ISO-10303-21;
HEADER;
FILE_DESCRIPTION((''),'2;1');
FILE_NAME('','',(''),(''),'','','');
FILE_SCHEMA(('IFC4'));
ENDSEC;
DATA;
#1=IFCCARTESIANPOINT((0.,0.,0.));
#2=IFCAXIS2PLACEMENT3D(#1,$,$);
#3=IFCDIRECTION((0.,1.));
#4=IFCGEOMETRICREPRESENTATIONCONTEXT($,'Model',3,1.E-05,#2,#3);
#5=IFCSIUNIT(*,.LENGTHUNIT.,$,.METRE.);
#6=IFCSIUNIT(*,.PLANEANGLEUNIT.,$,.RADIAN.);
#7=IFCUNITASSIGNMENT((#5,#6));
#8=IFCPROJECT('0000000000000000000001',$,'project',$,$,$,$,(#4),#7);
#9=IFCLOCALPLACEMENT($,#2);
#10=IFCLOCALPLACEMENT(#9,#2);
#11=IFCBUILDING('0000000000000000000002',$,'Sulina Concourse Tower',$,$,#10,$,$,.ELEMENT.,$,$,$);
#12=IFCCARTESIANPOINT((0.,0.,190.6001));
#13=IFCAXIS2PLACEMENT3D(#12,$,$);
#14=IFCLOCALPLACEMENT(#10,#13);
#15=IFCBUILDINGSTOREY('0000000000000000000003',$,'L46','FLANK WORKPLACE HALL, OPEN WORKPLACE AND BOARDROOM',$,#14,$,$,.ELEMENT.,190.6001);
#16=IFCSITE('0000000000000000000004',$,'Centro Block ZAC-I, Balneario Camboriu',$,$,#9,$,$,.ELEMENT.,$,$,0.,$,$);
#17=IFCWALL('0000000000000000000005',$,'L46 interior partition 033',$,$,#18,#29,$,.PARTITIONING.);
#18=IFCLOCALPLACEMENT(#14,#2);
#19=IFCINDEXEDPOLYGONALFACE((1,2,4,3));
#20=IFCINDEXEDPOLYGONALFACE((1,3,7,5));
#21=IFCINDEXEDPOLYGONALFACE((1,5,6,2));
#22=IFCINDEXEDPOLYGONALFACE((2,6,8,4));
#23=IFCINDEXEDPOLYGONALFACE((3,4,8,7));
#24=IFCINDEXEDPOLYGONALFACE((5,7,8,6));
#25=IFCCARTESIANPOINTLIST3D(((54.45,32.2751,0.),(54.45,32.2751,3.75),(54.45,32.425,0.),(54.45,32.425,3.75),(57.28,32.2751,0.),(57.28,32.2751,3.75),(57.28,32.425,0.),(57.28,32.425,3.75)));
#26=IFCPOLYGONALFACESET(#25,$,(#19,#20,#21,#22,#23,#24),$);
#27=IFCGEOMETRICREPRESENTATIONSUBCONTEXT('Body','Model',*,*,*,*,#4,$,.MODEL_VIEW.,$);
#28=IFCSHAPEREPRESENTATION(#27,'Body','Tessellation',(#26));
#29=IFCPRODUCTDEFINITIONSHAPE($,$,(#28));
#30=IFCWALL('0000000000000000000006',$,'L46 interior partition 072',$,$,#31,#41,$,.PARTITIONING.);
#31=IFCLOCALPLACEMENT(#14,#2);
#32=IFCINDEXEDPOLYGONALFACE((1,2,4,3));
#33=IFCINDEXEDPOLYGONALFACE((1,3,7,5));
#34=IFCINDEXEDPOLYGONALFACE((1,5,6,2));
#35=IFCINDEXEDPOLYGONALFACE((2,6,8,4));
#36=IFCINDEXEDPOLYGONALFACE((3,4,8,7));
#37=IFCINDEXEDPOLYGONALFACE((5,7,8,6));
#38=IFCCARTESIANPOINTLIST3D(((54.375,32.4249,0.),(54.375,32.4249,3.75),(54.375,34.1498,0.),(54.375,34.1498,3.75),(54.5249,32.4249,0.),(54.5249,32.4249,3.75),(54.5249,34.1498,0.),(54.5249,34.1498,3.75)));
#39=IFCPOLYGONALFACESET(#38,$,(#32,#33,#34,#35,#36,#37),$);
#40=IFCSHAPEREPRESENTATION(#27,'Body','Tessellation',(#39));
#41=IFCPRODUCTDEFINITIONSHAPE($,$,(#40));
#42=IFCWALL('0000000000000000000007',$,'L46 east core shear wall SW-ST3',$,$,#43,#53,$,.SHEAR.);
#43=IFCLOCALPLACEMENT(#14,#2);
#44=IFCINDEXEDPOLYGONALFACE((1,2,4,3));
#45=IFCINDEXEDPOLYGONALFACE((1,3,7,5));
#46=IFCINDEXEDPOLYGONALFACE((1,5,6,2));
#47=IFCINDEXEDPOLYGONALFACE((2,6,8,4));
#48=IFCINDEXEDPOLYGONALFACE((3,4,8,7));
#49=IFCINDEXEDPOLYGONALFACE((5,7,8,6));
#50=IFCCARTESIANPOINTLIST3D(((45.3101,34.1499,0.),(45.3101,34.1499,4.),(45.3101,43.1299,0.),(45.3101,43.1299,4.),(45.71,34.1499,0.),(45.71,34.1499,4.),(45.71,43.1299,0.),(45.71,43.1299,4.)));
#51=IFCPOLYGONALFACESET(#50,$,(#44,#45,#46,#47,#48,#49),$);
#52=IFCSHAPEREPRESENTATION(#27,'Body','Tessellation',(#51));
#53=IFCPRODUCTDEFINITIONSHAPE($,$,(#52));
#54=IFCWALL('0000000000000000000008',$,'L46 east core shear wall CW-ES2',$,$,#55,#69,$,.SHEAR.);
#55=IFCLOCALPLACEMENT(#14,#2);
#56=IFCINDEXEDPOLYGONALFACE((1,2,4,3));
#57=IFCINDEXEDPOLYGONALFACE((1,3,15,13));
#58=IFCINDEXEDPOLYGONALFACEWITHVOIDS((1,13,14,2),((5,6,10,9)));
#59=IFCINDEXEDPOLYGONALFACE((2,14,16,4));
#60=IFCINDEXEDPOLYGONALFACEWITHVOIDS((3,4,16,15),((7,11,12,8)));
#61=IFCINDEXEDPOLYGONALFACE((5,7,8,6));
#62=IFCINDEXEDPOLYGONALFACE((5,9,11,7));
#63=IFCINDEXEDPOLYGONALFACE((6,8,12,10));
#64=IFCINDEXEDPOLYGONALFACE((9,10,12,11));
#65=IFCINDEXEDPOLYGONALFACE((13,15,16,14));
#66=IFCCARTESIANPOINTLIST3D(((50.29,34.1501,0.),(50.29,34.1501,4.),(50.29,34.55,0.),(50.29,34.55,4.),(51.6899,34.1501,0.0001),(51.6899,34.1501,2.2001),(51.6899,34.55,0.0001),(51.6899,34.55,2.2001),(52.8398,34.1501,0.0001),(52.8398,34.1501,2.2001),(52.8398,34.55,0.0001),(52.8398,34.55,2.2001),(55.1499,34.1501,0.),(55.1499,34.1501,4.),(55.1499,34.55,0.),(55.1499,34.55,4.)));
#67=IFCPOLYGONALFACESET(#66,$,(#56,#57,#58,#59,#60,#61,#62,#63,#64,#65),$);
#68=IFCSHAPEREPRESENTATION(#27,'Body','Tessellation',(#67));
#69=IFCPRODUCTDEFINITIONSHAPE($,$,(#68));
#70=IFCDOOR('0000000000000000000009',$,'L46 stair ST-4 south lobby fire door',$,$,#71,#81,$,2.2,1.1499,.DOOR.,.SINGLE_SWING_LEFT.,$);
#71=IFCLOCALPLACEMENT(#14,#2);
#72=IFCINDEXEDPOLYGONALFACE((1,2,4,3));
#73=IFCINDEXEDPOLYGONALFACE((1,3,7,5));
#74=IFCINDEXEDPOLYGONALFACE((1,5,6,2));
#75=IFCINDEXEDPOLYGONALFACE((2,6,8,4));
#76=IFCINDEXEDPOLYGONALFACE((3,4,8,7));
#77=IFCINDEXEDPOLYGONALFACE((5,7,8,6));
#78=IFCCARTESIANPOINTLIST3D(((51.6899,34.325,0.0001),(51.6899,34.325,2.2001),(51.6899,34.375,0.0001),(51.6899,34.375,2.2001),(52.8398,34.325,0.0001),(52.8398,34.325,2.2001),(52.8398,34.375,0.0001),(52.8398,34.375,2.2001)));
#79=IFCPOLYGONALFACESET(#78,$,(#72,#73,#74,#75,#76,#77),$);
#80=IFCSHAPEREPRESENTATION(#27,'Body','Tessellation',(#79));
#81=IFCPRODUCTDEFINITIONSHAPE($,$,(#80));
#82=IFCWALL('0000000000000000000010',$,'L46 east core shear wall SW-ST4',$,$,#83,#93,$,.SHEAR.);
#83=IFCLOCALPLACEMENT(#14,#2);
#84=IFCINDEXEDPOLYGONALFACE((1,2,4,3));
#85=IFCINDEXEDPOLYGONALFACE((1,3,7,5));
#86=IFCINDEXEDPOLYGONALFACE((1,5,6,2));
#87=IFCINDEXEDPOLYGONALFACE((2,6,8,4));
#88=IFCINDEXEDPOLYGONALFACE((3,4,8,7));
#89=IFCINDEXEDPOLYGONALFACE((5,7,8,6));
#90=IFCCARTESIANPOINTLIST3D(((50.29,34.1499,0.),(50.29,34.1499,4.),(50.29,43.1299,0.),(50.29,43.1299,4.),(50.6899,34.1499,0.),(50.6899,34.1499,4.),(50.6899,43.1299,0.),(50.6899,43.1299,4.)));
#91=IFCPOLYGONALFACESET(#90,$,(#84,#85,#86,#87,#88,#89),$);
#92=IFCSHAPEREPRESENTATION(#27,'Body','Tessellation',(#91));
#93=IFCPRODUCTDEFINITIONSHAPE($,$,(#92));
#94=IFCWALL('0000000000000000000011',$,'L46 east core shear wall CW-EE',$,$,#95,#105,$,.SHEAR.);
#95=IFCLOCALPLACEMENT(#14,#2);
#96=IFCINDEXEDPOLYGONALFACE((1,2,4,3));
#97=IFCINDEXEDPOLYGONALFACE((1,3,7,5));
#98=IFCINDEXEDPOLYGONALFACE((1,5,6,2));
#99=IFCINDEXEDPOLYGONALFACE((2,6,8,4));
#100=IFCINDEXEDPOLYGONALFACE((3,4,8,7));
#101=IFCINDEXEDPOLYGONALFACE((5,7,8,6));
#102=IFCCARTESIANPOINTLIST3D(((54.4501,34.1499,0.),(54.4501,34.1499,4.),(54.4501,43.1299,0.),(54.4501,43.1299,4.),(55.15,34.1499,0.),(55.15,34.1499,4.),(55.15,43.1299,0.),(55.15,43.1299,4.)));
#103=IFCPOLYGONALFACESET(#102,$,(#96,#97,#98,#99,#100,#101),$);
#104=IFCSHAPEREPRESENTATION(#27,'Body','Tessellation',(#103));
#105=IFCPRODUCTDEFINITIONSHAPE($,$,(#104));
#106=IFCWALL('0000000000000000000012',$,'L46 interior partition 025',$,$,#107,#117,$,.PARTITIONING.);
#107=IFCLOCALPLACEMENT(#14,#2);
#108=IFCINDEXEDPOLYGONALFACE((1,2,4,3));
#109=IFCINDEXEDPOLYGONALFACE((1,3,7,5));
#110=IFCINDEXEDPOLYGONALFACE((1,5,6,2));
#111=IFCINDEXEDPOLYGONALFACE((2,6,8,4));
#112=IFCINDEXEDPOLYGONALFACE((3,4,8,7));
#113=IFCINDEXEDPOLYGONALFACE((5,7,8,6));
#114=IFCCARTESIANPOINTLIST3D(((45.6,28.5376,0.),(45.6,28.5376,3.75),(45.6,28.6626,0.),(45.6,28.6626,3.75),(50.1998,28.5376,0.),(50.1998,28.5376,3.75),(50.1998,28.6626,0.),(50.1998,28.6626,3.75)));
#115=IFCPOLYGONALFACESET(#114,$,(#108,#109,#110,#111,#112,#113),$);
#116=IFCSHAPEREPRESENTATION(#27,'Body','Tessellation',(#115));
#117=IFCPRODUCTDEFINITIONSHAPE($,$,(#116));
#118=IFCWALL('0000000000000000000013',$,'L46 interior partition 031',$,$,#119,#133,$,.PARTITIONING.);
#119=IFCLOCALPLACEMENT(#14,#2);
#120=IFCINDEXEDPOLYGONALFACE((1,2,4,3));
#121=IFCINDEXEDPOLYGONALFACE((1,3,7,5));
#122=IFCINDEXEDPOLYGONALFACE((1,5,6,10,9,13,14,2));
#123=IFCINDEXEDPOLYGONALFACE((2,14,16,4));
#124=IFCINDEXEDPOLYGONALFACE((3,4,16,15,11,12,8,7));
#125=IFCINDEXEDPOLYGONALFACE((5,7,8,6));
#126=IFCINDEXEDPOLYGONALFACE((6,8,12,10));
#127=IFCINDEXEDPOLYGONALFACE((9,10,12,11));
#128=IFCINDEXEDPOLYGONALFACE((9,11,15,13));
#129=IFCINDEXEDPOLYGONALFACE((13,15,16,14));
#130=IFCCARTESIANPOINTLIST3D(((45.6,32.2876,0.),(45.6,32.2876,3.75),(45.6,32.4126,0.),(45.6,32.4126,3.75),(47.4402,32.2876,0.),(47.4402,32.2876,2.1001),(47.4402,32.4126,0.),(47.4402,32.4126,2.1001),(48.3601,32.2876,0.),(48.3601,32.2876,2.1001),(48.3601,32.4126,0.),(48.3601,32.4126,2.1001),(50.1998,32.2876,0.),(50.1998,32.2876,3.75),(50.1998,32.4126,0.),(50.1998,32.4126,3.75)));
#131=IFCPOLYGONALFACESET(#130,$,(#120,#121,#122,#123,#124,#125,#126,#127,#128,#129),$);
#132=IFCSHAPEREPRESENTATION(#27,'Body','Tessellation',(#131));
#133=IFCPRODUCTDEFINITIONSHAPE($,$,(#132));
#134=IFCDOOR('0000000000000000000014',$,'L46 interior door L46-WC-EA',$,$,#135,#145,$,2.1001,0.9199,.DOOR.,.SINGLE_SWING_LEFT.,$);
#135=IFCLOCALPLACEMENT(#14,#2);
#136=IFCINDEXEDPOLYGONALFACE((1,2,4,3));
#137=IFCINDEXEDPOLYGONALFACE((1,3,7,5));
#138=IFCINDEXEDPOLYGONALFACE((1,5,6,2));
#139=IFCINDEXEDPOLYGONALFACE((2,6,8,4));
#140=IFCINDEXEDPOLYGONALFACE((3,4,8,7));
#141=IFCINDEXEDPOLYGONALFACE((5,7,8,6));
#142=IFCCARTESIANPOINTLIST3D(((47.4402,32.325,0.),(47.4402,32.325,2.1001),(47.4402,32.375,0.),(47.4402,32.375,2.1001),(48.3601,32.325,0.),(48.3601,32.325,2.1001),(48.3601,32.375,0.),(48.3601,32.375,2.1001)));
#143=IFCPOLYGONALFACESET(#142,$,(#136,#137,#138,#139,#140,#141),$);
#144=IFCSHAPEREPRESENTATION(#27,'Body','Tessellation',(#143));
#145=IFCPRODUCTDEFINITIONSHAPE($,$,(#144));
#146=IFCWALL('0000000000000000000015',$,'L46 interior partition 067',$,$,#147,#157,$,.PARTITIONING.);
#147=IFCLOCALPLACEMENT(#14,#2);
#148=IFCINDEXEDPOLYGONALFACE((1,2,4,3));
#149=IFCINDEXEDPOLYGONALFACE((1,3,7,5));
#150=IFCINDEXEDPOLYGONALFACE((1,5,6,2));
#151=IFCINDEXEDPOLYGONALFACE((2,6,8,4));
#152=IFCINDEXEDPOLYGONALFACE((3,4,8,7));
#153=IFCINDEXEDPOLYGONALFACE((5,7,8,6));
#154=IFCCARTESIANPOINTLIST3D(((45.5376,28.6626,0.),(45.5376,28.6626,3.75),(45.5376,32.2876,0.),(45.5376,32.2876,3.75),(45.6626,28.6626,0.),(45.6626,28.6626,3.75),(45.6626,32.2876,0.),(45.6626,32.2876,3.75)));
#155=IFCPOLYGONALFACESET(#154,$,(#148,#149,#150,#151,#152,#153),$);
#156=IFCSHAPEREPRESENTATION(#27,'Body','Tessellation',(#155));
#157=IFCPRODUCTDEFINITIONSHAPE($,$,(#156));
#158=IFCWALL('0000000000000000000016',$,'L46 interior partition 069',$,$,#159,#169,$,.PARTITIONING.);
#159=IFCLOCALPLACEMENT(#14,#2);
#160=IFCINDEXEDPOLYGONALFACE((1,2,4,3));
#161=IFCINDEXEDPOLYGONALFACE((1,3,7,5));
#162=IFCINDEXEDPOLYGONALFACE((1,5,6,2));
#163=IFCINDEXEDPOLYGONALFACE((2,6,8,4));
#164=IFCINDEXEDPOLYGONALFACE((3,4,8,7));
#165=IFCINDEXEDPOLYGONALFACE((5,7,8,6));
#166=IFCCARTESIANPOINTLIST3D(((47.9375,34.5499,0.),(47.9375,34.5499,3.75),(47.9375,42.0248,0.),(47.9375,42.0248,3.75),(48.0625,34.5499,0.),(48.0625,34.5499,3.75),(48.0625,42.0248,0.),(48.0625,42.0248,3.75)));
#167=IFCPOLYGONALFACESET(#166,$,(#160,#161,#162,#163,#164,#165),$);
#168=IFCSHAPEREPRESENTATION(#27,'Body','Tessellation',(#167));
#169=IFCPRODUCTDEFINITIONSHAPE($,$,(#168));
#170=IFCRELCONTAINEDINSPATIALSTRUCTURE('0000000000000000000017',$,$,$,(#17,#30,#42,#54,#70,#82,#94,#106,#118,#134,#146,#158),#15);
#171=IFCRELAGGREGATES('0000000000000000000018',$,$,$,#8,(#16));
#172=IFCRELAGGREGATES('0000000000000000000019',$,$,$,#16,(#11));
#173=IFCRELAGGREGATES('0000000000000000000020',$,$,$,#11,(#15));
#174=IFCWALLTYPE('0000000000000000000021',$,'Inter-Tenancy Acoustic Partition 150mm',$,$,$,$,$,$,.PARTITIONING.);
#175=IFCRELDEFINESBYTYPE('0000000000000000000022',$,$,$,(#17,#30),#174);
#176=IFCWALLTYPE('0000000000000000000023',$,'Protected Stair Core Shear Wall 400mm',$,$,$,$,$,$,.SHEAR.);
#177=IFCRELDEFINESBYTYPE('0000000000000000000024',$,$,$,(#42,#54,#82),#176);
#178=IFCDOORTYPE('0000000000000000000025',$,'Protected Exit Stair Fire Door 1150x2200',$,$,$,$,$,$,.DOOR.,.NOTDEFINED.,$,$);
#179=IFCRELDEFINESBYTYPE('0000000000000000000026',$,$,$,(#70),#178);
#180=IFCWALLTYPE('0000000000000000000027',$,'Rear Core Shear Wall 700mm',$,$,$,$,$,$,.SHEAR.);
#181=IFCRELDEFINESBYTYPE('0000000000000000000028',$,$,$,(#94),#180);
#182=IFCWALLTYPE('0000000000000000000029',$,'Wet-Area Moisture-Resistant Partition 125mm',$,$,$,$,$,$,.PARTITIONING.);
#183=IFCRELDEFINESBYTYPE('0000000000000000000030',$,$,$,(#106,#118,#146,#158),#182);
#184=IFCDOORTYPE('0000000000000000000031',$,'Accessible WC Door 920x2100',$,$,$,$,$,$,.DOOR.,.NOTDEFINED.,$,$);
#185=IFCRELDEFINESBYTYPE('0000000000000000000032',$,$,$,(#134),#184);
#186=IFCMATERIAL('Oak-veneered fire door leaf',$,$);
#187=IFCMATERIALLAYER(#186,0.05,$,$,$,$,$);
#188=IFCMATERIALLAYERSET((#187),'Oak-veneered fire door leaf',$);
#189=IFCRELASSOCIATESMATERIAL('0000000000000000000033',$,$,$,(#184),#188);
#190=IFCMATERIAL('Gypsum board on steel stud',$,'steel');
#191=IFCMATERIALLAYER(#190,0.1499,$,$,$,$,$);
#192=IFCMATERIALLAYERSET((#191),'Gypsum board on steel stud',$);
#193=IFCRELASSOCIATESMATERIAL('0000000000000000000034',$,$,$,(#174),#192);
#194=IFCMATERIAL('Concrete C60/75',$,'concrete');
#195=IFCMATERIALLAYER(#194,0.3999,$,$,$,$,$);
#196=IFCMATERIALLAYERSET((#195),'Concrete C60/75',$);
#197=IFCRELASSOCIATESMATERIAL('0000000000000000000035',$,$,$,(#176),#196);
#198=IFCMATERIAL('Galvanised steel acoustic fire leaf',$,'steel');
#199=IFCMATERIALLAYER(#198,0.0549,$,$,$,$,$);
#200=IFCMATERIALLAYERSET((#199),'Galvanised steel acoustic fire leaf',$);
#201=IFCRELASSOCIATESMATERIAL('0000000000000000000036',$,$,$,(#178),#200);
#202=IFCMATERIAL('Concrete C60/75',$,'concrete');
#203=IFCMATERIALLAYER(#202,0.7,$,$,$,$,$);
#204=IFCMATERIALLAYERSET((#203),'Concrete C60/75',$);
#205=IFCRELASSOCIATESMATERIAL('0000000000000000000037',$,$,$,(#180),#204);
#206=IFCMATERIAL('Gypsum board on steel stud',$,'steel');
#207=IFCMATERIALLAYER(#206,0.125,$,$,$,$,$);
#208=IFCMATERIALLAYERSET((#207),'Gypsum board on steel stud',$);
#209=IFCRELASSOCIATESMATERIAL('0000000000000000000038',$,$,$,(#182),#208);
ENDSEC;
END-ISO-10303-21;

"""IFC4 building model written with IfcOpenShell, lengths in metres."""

from ifc_helpers import new_model, si_unit, direction, frame, frame_2d, origin, place, context, subcontext, project, spatial, rectangle, extrude, material, layer, layer_set, type_object, element, fill, save


model = new_model("IFC4")

# Units and contexts
model_context = context("Model", 3, precision=1e-05, world=origin(), true_north=direction((0.0, 1.0)))
body_context = subcontext(model_context, "Body", "Model", "MODEL_VIEW")
ifc_project = project(units=[si_unit("LENGTHUNIT", "METRE"), si_unit("PLANEANGLEUNIT", "RADIAN")], contexts=[model_context])

# Site, building, storey
site_placement = place(None, origin())
site = spatial("IfcSite", under=ifc_project, at=site_placement, Name="Centro Block ZAC-I, Balneario Camboriu", CompositionType="ELEMENT", RefElevation=0.0)
building_placement = place(site_placement, origin())
building = spatial("IfcBuilding", under=site, at=building_placement, Name="Sulina Concourse Tower", CompositionType="ELEMENT")
storey_placement = place(building_placement, frame((0.0, 0.0, 190.6001)))
storey = spatial("IfcBuildingStorey", under=building, at=storey_placement, Name="L46", Description="FLANK WORKPLACE HALL, OPEN WORKPLACE AND BOARDROOM", CompositionType="ELEMENT", Elevation=190.6001)

# Shared definitions
ifc_material_1 = material(Name="Oak-veneered fire door leaf")
ifc_layer_1 = layer(ifc_material_1, 0.05)
ifc_layer_set_1 = layer_set([ifc_layer_1], Name="Oak-veneered fire door leaf")
door_type_1 = type_object("IfcDoorType", Name="Accessible WC Door 920x2100", OperationType="NOTDEFINED", PredefinedType="DOOR", material=ifc_layer_set_1)

# Shared definitions
ifc_material_2 = material(Name="Gypsum board on steel stud", Category="steel")
ifc_layer_2 = layer(ifc_material_2, 0.1499)
ifc_layer_set_2 = layer_set([ifc_layer_2], Name="Gypsum board on steel stud")
wall_type_1 = type_object("IfcWallType", Name="Inter-Tenancy Acoustic Partition 150mm", PredefinedType="PARTITIONING", material=ifc_layer_set_2)

# Walls
wall_1_placement = place(storey_placement, frame((54.45, 32.3501, 0.0), z_axis=(0.0, 0.0, 1.0), x_axis=(1.0, 0.0, 0.0)))
element("IfcWall", 1, at=wall_1_placement, inside=storey, type_object=wall_type_1, Name="L46 interior partition 033", PredefinedType="PARTITIONING", context=body_context, shape_type="SweptSolid", body=[
    extrude(rectangle(XDim=2.8301, YDim=0.1499, at=frame_2d((1.415, 0.0))), origin(), (0.0, 0.0, 1.0), 3.75),
])
wall_2_placement = place(storey_placement, frame((54.45, 32.425, 0.0), z_axis=(0.0, 0.0, 1.0), x_axis=(0.0, 1.0, 0.0)))
element("IfcWall", 2, at=wall_2_placement, inside=storey, type_object=wall_type_1, Name="L46 interior partition 072", PredefinedType="PARTITIONING", context=body_context, shape_type="SweptSolid", body=[
    extrude(rectangle(XDim=1.7249, YDim=0.1499, at=frame_2d((0.8623, 0.0))), origin(), (0.0, 0.0, 1.0), 3.75),
])
ifc_material_3 = material(Name="Concrete C60/75", Category="concrete")
ifc_layer_3 = layer(ifc_material_3, 0.3999)
ifc_layer_set_3 = layer_set([ifc_layer_3], Name="Concrete C60/75")
wall_type_2 = type_object("IfcWallType", Name="Protected Stair Core Shear Wall 400mm", PredefinedType="SHEAR", material=ifc_layer_set_3)
wall_3_placement = place(storey_placement, frame((45.51, 34.1499, 0.0), z_axis=(0.0, 0.0, 1.0), x_axis=(0.0, 1.0, 0.0)))
element("IfcWall", 3, at=wall_3_placement, inside=storey, type_object=wall_type_2, Name="L46 east core shear wall SW-ST3", PredefinedType="SHEAR", context=body_context, shape_type="SweptSolid", body=[
    extrude(rectangle(XDim=8.98, YDim=0.3999, at=frame_2d((4.49, 0.0))), origin(), (0.0, 0.0, 1.0), 4.0),
])

# Wall, opening, door
wall_4_placement = place(storey_placement, frame((50.29, 34.3501, 0.0), z_axis=(0.0, 0.0, 1.0), x_axis=(1.0, 0.0, 0.0)))
wall_4 = element("IfcWall", 4, at=wall_4_placement, inside=storey, type_object=wall_type_2, Name="L46 east core shear wall CW-ES2", PredefinedType="SHEAR", context=body_context, shape_type="SweptSolid", body=[
    extrude(rectangle(XDim=4.8599, YDim=0.3999, at=frame_2d((2.4299, 0.0))), origin(), (0.0, 0.0, 1.0), 4.0),
])
opening_1_placement = place(wall_4_placement, frame((1.3999, 0.0, 0.0)))
opening_1 = element("IfcOpeningElement", 5, at=opening_1_placement, cuts=wall_4, PredefinedType="OPENING", context=body_context, shape_type="SweptSolid", body=[
    extrude(rectangle(XDim=1.1499, YDim=2.2, at=frame_2d((0.575, 1.1001))), frame((0.0, 0.21, 0.0), z_axis=(0.0, -1.0, 0.0), x_axis=(1.0, 0.0, 0.0)), (0.0, 0.0, 1.0), 0.4199),
])
ifc_material_4 = material(Name="Galvanised steel acoustic fire leaf", Category="steel")
ifc_layer_4 = layer(ifc_material_4, 0.0549)
ifc_layer_set_4 = layer_set([ifc_layer_4], Name="Galvanised steel acoustic fire leaf")
door_type_2 = type_object("IfcDoorType", Name="Protected Exit Stair Fire Door 1150x2200", OperationType="NOTDEFINED", PredefinedType="DOOR", material=ifc_layer_set_4)
door_1_placement = place(opening_1_placement, origin())
door_1 = element("IfcDoor", 6, at=door_1_placement, inside=storey, type_object=door_type_2, Name="L46 stair ST-4 south lobby fire door", OperationType="SINGLE_SWING_LEFT", OverallHeight=2.2, OverallWidth=1.1499, PredefinedType="DOOR", context=body_context, shape_type="SweptSolid", body=[
    extrude(rectangle(XDim=1.1499, YDim=2.2, at=frame_2d((0.575, 1.1001))), frame((0.0, 0.0249, 0.0), z_axis=(0.0, -1.0, 0.0), x_axis=(1.0, 0.0, 0.0)), (0.0, 0.0, 1.0), 0.05),
])
fill(opening_1, door_1)

# Walls
wall_5_placement = place(storey_placement, frame((50.49, 34.1499, 0.0), z_axis=(0.0, 0.0, 1.0), x_axis=(0.0, 1.0, 0.0)))
element("IfcWall", 7, at=wall_5_placement, inside=storey, type_object=wall_type_2, Name="L46 east core shear wall SW-ST4", PredefinedType="SHEAR", context=body_context, shape_type="SweptSolid", body=[
    extrude(rectangle(XDim=8.98, YDim=0.3999, at=frame_2d((4.49, 0.0))), origin(), (0.0, 0.0, 1.0), 4.0),
])
ifc_material_5 = material(Name="Concrete C60/75", Category="concrete")
ifc_layer_5 = layer(ifc_material_5, 0.7)
ifc_layer_set_5 = layer_set([ifc_layer_5], Name="Concrete C60/75")
wall_type_3 = type_object("IfcWallType", Name="Rear Core Shear Wall 700mm", PredefinedType="SHEAR", material=ifc_layer_set_5)
wall_6_placement = place(storey_placement, frame((54.8, 34.1499, 0.0), z_axis=(0.0, 0.0, 1.0), x_axis=(0.0, 1.0, 0.0)))
element("IfcWall", 8, at=wall_6_placement, inside=storey, type_object=wall_type_3, Name="L46 east core shear wall CW-EE", PredefinedType="SHEAR", context=body_context, shape_type="SweptSolid", body=[
    extrude(rectangle(XDim=8.98, YDim=0.7, at=frame_2d((4.49, 0.0))), origin(), (0.0, 0.0, 1.0), 4.0),
])
ifc_material_6 = material(Name="Gypsum board on steel stud", Category="steel")
ifc_layer_6 = layer(ifc_material_6, 0.125)
ifc_layer_set_6 = layer_set([ifc_layer_6], Name="Gypsum board on steel stud")
wall_type_4 = type_object("IfcWallType", Name="Wet-Area Moisture-Resistant Partition 125mm", PredefinedType="PARTITIONING", material=ifc_layer_set_6)
wall_7_placement = place(storey_placement, frame((45.6001, 28.6001, 0.0), z_axis=(0.0, 0.0, 1.0), x_axis=(1.0, 0.0, 0.0)))
element("IfcWall", 9, at=wall_7_placement, inside=storey, type_object=wall_type_4, Name="L46 interior partition 025", PredefinedType="PARTITIONING", context=body_context, shape_type="SweptSolid", body=[
    extrude(rectangle(XDim=4.5999, YDim=0.125, at=frame_2d((2.2998, 0.0))), origin(), (0.0, 0.0, 1.0), 3.75),
])

# Wall, opening, door
wall_8_placement = place(storey_placement, frame((45.6001, 32.3501, 0.0), z_axis=(0.0, 0.0, 1.0), x_axis=(1.0, 0.0, 0.0)))
wall_8 = element("IfcWall", 10, at=wall_8_placement, inside=storey, type_object=wall_type_4, Name="L46 interior partition 031", PredefinedType="PARTITIONING", context=body_context, shape_type="SweptSolid", body=[
    extrude(rectangle(XDim=4.5999, YDim=0.125, at=frame_2d((2.2998, 0.0))), origin(), (0.0, 0.0, 1.0), 3.75),
])
opening_2_placement = place(wall_8_placement, frame((1.8401, 0.0, 0.0)))
opening_2 = element("IfcOpeningElement", 11, at=opening_2_placement, cuts=wall_8, PredefinedType="OPENING", context=body_context, shape_type="SweptSolid", body=[
    extrude(rectangle(XDim=0.9199, YDim=2.1001, at=frame_2d((0.46, 1.05))), frame((0.0, 0.0725, 0.0), z_axis=(0.0, -1.0, 0.0), x_axis=(1.0, 0.0, 0.0)), (0.0, 0.0, 1.0), 0.145),
])
door_2_placement = place(opening_2_placement, origin())
door_2 = element("IfcDoor", 12, at=door_2_placement, inside=storey, type_object=door_type_1, Name="L46 interior door L46-WC-EA", OperationType="SINGLE_SWING_LEFT", OverallHeight=2.1001, OverallWidth=0.9199, PredefinedType="DOOR", context=body_context, shape_type="SweptSolid", body=[
    extrude(rectangle(XDim=0.9199, YDim=2.1001, at=frame_2d((0.46, 1.05))), frame((0.0, 0.0249, 0.0), z_axis=(0.0, -1.0, 0.0), x_axis=(1.0, 0.0, 0.0)), (0.0, 0.0, 1.0), 0.05),
])
fill(opening_2, door_2)

# Walls
wall_9_placement = place(storey_placement, frame((45.6001, 28.6626, 0.0), z_axis=(0.0, 0.0, 1.0), x_axis=(0.0, 1.0, 0.0)))
element("IfcWall", 13, at=wall_9_placement, inside=storey, type_object=wall_type_4, Name="L46 interior partition 067", PredefinedType="PARTITIONING", context=body_context, shape_type="SweptSolid", body=[
    extrude(rectangle(XDim=3.625, YDim=0.125, at=frame_2d((1.8125, 0.0))), origin(), (0.0, 0.0, 1.0), 3.75),
])
wall_10_placement = place(storey_placement, frame((48.0, 34.55, 0.0), z_axis=(0.0, 0.0, 1.0), x_axis=(0.0, 1.0, 0.0)))
element("IfcWall", 14, at=wall_10_placement, inside=storey, type_object=wall_type_4, Name="L46 interior partition 069", PredefinedType="PARTITIONING", context=body_context, shape_type="SweptSolid", body=[
    extrude(rectangle(XDim=7.4749, YDim=0.125, at=frame_2d((3.7373, 0.0))), origin(), (0.0, 0.0, 1.0), 3.75),
])

save(model, "model.ifc")
